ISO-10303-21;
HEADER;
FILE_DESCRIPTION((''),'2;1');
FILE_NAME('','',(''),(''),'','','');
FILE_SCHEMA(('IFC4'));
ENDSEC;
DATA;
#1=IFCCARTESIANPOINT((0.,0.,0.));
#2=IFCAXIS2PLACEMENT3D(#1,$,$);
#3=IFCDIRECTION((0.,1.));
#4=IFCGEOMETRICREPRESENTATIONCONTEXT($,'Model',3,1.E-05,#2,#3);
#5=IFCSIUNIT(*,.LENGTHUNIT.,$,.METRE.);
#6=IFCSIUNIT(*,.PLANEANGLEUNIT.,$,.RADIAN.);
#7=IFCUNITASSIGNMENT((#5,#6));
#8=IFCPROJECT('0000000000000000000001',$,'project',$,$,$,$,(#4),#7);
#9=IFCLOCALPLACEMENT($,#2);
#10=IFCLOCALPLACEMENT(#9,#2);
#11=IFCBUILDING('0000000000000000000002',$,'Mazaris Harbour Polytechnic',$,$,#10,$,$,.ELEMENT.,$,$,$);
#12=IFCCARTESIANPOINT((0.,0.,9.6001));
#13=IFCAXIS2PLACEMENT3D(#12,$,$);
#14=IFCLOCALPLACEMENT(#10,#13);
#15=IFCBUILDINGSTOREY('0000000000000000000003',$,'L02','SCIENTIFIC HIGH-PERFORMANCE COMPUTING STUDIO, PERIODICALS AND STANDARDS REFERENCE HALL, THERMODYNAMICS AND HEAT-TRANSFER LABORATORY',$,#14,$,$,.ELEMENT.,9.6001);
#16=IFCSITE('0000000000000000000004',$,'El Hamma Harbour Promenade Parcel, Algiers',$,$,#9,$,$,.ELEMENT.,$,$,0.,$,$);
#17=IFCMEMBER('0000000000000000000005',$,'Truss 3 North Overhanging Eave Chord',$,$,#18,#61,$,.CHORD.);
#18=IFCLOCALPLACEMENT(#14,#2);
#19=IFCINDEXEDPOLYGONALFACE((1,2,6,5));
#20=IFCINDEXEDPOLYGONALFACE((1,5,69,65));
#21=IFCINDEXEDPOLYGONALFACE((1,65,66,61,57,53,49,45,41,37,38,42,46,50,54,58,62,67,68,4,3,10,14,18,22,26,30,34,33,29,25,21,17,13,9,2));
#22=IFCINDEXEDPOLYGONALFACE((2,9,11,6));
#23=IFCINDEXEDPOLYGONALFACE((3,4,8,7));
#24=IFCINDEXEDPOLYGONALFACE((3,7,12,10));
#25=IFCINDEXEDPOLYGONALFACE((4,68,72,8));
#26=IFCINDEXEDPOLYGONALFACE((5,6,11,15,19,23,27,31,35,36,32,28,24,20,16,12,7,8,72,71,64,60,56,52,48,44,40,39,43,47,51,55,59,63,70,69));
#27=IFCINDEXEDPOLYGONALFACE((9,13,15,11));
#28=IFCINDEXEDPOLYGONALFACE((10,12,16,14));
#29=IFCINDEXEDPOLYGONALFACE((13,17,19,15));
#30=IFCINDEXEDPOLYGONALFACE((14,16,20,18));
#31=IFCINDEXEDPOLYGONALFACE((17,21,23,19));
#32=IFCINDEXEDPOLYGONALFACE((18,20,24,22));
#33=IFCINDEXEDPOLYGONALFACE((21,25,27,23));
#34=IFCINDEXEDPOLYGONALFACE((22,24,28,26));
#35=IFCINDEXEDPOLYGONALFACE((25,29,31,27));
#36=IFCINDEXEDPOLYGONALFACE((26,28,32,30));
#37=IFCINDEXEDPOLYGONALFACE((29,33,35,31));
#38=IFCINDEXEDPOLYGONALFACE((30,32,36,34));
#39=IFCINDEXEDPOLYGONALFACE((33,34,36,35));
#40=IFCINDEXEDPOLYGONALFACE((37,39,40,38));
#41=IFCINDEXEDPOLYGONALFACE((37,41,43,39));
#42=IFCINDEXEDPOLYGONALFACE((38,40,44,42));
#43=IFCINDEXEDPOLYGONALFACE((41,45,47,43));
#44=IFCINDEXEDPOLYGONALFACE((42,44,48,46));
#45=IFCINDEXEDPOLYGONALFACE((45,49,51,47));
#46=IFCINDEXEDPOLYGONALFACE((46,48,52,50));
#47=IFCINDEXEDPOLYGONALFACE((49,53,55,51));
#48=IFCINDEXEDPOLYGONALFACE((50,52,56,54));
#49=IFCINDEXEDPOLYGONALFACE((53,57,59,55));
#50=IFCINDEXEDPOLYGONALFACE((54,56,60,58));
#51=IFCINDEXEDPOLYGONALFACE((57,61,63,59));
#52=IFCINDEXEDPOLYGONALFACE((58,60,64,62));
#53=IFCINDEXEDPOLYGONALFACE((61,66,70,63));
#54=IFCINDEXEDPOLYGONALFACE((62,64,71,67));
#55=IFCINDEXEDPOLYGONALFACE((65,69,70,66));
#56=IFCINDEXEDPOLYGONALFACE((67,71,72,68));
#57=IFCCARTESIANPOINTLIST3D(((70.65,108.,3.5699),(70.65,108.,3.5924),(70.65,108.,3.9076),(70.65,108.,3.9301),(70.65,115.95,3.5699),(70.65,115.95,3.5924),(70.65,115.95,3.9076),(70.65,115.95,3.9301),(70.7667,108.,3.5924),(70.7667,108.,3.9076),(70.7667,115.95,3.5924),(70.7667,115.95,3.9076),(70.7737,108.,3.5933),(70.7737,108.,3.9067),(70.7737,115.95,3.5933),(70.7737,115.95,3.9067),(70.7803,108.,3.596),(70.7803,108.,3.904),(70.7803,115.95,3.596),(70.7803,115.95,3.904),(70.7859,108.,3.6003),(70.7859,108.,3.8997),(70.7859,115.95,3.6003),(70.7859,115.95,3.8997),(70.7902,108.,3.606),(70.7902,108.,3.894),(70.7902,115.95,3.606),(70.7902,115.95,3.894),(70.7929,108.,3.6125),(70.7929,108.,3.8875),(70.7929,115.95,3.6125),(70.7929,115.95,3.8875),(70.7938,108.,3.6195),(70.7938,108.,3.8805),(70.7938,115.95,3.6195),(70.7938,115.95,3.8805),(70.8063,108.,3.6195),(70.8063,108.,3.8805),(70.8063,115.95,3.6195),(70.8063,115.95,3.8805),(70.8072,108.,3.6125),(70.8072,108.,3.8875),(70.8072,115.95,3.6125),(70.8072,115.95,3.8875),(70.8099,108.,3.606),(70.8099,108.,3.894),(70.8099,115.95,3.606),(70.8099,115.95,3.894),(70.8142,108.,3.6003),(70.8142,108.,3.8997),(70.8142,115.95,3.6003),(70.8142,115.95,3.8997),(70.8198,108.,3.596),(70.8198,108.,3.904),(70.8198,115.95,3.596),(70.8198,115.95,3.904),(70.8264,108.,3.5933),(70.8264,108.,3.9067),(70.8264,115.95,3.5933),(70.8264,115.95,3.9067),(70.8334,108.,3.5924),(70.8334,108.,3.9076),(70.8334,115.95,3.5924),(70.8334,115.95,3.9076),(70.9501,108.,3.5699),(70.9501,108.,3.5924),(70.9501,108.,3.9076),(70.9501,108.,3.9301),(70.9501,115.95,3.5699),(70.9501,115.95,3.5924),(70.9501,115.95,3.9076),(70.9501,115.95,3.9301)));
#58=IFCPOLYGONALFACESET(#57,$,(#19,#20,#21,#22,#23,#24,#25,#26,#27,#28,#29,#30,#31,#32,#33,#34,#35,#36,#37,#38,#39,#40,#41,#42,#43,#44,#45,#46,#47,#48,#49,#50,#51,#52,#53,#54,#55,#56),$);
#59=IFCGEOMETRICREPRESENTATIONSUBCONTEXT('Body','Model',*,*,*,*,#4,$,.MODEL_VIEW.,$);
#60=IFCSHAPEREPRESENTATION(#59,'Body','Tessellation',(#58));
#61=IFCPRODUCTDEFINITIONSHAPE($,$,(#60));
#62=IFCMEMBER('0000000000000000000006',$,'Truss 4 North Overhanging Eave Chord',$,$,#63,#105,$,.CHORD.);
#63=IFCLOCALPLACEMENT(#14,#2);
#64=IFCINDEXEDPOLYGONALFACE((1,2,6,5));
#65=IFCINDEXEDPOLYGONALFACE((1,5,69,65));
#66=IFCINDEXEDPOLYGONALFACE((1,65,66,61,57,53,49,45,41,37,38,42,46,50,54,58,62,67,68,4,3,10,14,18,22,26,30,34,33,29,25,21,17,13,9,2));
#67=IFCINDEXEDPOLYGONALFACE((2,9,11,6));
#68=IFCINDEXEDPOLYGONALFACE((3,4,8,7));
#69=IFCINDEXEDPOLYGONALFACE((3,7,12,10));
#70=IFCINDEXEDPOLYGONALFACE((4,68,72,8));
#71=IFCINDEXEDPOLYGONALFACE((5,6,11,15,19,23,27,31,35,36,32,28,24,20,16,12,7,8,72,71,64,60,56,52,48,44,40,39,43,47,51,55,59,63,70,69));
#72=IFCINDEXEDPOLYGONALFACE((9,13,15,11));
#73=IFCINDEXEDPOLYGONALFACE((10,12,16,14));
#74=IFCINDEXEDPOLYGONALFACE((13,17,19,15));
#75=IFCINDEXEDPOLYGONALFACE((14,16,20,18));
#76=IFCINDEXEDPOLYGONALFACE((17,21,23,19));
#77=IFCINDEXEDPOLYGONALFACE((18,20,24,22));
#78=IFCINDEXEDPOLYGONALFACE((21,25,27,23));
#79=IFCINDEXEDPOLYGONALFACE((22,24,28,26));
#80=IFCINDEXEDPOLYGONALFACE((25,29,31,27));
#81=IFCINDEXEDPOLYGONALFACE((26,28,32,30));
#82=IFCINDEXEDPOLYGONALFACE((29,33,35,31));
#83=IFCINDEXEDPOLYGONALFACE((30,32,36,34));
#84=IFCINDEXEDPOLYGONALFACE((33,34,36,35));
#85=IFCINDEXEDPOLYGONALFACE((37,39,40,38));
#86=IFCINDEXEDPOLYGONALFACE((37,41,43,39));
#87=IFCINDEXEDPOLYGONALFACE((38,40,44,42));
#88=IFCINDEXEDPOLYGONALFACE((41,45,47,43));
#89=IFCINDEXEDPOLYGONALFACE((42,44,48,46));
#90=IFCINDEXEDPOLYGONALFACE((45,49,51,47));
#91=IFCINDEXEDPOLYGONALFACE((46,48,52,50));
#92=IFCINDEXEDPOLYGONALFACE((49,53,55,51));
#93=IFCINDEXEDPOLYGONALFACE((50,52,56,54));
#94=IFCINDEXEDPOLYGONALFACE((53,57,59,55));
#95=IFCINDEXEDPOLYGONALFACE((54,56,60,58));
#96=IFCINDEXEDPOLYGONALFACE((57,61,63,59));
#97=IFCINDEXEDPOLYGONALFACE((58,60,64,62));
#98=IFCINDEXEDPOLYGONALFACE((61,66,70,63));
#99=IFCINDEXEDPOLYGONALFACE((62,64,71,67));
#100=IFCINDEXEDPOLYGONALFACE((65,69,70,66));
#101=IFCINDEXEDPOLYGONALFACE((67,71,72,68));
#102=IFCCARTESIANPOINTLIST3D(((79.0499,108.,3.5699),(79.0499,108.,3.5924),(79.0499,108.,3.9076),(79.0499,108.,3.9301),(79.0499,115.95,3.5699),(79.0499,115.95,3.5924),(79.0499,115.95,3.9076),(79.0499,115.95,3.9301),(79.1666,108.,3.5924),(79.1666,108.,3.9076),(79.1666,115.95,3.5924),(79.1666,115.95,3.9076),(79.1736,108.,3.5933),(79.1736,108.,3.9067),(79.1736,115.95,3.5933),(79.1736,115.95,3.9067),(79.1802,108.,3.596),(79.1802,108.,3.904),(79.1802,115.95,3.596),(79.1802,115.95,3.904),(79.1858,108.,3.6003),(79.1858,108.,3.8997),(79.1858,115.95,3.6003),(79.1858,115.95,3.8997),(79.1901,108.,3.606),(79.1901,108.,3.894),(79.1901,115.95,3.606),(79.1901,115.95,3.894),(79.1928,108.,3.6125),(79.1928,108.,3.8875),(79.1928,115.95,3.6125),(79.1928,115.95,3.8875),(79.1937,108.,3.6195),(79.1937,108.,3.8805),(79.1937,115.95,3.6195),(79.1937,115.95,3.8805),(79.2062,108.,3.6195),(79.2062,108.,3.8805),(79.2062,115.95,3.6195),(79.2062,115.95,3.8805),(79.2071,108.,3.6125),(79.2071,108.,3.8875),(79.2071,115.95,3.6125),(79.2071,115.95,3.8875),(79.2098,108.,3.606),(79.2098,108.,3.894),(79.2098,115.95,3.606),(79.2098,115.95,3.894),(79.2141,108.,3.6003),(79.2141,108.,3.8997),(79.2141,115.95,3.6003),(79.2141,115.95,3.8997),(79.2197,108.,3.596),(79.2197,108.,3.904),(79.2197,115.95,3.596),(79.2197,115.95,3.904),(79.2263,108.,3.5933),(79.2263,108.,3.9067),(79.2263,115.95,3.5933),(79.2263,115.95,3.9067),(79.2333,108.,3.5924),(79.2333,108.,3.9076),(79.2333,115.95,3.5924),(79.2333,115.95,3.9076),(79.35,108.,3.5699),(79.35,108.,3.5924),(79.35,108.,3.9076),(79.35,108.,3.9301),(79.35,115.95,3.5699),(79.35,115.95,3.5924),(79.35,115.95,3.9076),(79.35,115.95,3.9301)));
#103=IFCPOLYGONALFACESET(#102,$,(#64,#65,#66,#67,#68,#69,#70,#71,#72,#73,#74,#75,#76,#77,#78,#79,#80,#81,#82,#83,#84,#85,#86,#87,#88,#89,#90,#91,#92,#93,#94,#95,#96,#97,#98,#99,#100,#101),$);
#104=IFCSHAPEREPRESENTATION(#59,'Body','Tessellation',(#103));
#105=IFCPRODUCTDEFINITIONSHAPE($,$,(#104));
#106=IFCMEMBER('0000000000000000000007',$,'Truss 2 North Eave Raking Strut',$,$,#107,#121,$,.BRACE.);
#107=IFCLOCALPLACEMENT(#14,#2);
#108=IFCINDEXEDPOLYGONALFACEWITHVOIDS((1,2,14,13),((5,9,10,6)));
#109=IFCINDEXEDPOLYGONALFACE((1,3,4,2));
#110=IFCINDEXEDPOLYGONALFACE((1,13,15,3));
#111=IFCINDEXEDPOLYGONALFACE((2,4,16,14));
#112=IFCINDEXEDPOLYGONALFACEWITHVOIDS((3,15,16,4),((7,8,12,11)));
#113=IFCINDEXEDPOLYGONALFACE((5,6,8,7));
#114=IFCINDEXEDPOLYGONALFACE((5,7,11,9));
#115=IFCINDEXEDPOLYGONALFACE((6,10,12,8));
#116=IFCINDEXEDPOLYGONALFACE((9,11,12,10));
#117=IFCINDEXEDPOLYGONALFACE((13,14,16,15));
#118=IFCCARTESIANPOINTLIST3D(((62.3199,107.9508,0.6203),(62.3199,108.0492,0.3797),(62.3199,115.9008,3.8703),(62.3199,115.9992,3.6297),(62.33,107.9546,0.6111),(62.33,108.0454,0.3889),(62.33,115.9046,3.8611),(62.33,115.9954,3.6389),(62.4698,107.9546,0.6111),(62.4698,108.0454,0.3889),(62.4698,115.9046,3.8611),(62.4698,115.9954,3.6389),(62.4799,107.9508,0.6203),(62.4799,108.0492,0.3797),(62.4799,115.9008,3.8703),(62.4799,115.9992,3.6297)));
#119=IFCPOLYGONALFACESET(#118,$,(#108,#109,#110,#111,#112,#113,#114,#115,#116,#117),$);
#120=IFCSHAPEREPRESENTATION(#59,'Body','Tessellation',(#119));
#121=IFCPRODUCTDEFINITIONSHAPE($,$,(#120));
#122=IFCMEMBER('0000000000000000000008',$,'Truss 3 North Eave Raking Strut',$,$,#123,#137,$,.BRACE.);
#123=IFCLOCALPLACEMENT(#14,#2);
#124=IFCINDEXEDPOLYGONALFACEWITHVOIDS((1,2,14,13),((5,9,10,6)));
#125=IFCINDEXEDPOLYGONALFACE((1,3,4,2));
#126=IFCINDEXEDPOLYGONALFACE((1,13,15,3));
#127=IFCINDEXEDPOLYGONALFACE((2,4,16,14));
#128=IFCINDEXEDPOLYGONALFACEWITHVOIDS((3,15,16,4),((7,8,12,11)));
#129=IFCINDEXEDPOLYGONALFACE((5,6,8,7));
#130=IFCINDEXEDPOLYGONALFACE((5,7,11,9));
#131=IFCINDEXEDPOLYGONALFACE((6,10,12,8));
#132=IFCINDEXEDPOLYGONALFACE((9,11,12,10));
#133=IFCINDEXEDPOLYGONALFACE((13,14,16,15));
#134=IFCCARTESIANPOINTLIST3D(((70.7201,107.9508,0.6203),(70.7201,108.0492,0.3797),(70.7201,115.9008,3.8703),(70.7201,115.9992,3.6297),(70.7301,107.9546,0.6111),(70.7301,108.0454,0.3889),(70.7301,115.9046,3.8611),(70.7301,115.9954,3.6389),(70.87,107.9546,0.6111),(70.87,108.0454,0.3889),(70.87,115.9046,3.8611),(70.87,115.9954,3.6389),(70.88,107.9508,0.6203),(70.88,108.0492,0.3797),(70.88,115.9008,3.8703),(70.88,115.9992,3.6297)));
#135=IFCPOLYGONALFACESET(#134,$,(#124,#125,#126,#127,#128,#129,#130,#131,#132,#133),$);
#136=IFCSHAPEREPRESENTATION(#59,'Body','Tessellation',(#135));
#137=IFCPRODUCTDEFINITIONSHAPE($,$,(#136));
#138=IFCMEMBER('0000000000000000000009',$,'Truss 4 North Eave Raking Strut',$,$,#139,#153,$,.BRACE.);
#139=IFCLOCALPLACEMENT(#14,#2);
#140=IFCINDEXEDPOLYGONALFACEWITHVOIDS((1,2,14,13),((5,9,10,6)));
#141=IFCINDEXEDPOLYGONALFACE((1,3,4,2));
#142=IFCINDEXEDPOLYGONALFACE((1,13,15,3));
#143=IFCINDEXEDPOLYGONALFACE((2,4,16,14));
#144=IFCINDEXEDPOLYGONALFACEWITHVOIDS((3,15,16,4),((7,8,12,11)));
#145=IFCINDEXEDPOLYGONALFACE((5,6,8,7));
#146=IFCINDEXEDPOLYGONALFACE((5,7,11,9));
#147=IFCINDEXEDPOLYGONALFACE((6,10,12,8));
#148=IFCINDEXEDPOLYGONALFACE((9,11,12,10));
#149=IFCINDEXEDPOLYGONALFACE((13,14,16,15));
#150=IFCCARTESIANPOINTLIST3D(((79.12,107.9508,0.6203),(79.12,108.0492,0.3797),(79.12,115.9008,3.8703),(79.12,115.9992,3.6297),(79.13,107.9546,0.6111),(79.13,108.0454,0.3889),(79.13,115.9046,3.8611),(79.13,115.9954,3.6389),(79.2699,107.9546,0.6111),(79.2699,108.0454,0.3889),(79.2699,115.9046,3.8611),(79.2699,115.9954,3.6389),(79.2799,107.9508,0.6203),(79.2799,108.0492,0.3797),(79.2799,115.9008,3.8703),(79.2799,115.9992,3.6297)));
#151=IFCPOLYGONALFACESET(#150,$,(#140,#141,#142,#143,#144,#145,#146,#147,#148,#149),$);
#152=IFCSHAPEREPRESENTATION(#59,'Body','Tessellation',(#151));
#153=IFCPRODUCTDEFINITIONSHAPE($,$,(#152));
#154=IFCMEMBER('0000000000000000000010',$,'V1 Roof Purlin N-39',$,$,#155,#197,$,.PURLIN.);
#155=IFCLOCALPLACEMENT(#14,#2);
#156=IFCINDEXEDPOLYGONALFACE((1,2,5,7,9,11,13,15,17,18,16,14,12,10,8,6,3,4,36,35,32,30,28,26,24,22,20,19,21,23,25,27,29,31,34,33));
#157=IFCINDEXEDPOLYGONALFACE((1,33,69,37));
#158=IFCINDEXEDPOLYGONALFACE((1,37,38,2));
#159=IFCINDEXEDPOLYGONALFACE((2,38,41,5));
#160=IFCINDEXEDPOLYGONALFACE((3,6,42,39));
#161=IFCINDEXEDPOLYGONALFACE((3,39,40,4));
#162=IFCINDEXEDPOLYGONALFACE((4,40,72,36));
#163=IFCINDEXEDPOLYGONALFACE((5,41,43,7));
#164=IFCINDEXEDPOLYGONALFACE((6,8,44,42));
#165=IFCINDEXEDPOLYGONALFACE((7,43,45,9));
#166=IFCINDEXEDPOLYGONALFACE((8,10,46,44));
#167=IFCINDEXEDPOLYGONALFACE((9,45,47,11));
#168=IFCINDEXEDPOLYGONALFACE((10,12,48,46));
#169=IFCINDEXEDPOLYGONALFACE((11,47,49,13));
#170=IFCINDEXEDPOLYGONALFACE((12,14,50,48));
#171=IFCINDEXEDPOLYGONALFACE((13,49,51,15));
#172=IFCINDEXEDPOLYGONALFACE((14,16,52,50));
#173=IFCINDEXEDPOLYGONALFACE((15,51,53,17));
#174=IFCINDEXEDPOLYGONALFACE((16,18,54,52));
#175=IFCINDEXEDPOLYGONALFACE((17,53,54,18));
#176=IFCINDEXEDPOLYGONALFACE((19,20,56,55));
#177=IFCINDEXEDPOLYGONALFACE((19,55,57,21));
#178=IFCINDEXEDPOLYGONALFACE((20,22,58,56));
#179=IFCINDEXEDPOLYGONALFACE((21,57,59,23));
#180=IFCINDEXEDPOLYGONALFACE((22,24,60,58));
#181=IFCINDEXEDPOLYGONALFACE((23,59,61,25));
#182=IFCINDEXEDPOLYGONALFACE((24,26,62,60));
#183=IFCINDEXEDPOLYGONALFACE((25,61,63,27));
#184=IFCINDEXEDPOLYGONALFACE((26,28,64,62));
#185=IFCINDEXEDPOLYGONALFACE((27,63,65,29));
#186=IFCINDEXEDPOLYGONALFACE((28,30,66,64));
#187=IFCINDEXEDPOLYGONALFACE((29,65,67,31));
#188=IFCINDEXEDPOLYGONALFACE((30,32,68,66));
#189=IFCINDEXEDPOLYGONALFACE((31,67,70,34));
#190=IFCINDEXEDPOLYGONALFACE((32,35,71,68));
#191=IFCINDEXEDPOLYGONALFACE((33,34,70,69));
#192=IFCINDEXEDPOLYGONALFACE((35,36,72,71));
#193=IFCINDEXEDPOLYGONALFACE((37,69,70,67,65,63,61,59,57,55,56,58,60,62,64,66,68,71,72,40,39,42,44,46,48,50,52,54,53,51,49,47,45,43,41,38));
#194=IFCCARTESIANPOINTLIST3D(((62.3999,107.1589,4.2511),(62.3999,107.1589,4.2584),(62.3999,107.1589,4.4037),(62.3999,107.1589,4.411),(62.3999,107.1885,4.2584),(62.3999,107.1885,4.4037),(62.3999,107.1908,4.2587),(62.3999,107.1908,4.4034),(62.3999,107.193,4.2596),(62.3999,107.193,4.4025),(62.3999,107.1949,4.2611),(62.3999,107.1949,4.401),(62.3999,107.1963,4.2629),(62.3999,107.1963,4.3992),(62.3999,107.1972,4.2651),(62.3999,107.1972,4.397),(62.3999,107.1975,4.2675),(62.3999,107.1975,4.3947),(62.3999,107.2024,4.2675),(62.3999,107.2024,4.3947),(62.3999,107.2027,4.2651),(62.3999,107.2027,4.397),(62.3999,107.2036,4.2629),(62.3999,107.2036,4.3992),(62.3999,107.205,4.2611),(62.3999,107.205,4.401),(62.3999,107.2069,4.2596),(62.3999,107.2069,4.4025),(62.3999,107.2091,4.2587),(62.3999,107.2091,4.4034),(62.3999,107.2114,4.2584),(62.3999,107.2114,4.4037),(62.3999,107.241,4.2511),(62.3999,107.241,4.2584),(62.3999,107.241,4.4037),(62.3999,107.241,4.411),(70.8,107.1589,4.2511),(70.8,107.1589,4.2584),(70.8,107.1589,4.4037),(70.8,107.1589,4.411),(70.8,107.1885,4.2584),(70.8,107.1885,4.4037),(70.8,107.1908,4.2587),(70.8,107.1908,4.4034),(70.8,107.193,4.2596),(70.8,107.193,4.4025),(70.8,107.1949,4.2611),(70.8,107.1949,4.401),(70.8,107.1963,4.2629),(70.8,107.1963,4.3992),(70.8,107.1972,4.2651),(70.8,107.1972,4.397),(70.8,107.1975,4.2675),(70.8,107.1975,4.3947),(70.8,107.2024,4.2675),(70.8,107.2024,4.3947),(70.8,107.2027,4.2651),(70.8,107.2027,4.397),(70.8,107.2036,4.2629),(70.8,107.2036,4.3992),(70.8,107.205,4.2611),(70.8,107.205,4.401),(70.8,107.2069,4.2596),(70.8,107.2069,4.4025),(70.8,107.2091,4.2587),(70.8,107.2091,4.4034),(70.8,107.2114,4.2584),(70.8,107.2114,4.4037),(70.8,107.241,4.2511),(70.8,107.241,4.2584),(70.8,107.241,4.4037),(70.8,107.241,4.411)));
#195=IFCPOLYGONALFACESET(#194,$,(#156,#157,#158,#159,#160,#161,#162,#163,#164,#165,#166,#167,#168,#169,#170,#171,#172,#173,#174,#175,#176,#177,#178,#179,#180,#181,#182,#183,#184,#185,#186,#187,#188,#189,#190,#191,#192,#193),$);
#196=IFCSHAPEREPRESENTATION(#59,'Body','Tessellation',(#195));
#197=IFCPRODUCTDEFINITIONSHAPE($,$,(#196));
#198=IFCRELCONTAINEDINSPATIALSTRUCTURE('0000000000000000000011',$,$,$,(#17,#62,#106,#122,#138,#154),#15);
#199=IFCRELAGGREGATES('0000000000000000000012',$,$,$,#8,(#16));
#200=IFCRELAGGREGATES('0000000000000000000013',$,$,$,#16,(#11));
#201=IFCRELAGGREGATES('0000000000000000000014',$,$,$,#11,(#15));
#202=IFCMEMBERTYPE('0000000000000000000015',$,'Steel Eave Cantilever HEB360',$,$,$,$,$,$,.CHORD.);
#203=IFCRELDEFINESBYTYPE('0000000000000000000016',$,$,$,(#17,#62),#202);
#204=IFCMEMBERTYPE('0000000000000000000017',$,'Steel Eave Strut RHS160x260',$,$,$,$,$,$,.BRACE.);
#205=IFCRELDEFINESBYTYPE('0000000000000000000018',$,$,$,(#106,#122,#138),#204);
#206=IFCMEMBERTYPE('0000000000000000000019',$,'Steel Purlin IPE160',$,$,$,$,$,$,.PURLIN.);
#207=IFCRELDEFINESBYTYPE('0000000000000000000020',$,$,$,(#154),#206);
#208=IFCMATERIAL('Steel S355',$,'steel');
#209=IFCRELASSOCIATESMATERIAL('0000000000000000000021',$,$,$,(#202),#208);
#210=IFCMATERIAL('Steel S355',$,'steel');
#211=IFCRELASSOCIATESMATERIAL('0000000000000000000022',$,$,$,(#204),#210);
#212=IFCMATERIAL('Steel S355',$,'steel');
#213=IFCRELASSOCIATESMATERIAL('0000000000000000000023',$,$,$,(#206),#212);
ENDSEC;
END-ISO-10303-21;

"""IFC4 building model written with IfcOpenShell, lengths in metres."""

from ifc_helpers import new_model, si_unit, direction, frame, origin, origin_2d, place, context, subcontext, project, spatial, hollow_rectangle, i_section, extrude, material, material_profile, profile_set, type_object, element, save


model = new_model("IFC4")

# Units and contexts
model_context = context("Model", 3, precision=1e-05, world=origin(), true_north=direction((0.0, 1.0)))
body_context = subcontext(model_context, "Body", "Model", "MODEL_VIEW")
ifc_project = project(units=[si_unit("LENGTHUNIT", "METRE"), si_unit("PLANEANGLEUNIT", "RADIAN")], contexts=[model_context])

# Site, building, storey
site_placement = place(None, origin())
site = spatial("IfcSite", under=ifc_project, at=site_placement, Name="El Hamma Harbour Promenade Parcel, Algiers", CompositionType="ELEMENT", RefElevation=0.0)
building_placement = place(site_placement, origin())
building = spatial("IfcBuilding", under=site, at=building_placement, Name="Mazaris Harbour Polytechnic", CompositionType="ELEMENT")
storey_placement = place(building_placement, frame((0.0, 0.0, 9.6001)))
storey = spatial("IfcBuildingStorey", under=building, at=storey_placement, Name="L02", Description="SCIENTIFIC HIGH-PERFORMANCE COMPUTING STUDIO, PERIODICALS AND STANDARDS REFERENCE HALL, THERMODYNAMICS AND HEAT-TRANSFER LABORATORY", CompositionType="ELEMENT", Elevation=9.6001)

# Members
ifc_material_1 = material(Name="Steel S355", Category="steel")
ifc_material_profile_1 = material_profile(ifc_material_1, i_section(OverallWidth=0.3, OverallDepth=0.3601, WebThickness=0.0125, FlangeThickness=0.0225, FilletRadius=0.0271, at=origin_2d()), Name="HEB 360")
ifc_profile_set_1 = profile_set([ifc_material_profile_1], Name="Steel S355")
member_type_1 = type_object("IfcMemberType", Name="Steel Eave Cantilever HEB360", PredefinedType="CHORD", material=ifc_profile_set_1)
for number, where, z_axis, x_axis, name in (
    (1, (70.8, 108.0, 3.75), (0.0, 1.0, 0.0), (-1.0, 0.0, 0.0), "Truss 3 North Overhanging Eave Chord"),
    (2, (79.2, 108.0, 3.75), (0.0, 1.0, 0.0), (-1.0, 0.0, 0.0), "Truss 4 North Overhanging Eave Chord"),
):
    element("IfcMember", number, at=place(storey_placement, frame(where, z_axis=z_axis, x_axis=x_axis)), inside=storey, type_object=member_type_1, Name=name, PredefinedType="CHORD", context=body_context, shape_type="SweptSolid", body=[
        extrude(i_section(OverallWidth=0.3, OverallDepth=0.3601, WebThickness=0.0125, FlangeThickness=0.0225, FilletRadius=0.0271, at=origin_2d()), origin(), (0.0, 0.0, 1.0), 7.95),
    ])
ifc_material_2 = material(Name="Steel S355", Category="steel")
ifc_material_profile_2 = material_profile(ifc_material_2, hollow_rectangle(XDim=0.1599, YDim=0.26, WallThickness=0.01, at=origin_2d()), Name="RHS 160x260x10.0")
ifc_profile_set_2 = profile_set([ifc_material_profile_2], Name="Steel S355")
member_type_2 = type_object("IfcMemberType", Name="Steel Eave Strut RHS160x260", PredefinedType="BRACE", material=ifc_profile_set_2)
for number, where, z_axis, x_axis, name in (
    (3, (62.3999, 108.0, 0.5), (0.0, 0.925639, 0.378408), (-1.0, 0.0, 0.0), "Truss 2 North Eave Raking Strut"),
    (4, (70.8, 108.0, 0.5), (0.0, 0.925639, 0.378408), (-1.0, 0.0, 0.0), "Truss 3 North Eave Raking Strut"),
    (5, (79.2, 108.0, 0.5), (0.0, 0.925639, 0.378408), (-1.0, 0.0, 0.0), "Truss 4 North Eave Raking Strut"),
):
    element("IfcMember", number, at=place(storey_placement, frame(where, z_axis=z_axis, x_axis=x_axis)), inside=storey, type_object=member_type_2, Name=name, PredefinedType="BRACE", context=body_context, shape_type="SweptSolid", body=[
        extrude(hollow_rectangle(XDim=0.1599, YDim=0.26, WallThickness=0.01, at=origin_2d()), origin(), (0.0, 0.0, 1.0), 8.5886),
    ])
ifc_material_3 = material(Name="Steel S355", Category="steel")
ifc_material_profile_3 = material_profile(ifc_material_3, i_section(OverallWidth=0.082, OverallDepth=0.1599, WebThickness=0.0049, FlangeThickness=0.0073, FilletRadius=0.009, at=origin_2d()), Name="IPE 160")
ifc_profile_set_3 = profile_set([ifc_material_profile_3], Name="Steel S355")
member_type_3 = type_object("IfcMemberType", Name="Steel Purlin IPE160", PredefinedType="PURLIN", material=ifc_profile_set_3)
member_1_placement = place(storey_placement, frame((62.3999, 107.2, 4.3311), z_axis=(1.0, 0.0, 0.0), x_axis=(0.0, 1.0, 0.0)))
element("IfcMember", 6, at=member_1_placement, inside=storey, type_object=member_type_3, Name="V1 Roof Purlin N-39", PredefinedType="PURLIN", context=body_context, shape_type="SweptSolid", body=[
    extrude(i_section(OverallWidth=0.082, OverallDepth=0.1599, WebThickness=0.0049, FlangeThickness=0.0073, FilletRadius=0.009, at=origin_2d()), origin(), (0.0, 0.0, 1.0), 8.4001),
])

save(model, "model.ifc")
